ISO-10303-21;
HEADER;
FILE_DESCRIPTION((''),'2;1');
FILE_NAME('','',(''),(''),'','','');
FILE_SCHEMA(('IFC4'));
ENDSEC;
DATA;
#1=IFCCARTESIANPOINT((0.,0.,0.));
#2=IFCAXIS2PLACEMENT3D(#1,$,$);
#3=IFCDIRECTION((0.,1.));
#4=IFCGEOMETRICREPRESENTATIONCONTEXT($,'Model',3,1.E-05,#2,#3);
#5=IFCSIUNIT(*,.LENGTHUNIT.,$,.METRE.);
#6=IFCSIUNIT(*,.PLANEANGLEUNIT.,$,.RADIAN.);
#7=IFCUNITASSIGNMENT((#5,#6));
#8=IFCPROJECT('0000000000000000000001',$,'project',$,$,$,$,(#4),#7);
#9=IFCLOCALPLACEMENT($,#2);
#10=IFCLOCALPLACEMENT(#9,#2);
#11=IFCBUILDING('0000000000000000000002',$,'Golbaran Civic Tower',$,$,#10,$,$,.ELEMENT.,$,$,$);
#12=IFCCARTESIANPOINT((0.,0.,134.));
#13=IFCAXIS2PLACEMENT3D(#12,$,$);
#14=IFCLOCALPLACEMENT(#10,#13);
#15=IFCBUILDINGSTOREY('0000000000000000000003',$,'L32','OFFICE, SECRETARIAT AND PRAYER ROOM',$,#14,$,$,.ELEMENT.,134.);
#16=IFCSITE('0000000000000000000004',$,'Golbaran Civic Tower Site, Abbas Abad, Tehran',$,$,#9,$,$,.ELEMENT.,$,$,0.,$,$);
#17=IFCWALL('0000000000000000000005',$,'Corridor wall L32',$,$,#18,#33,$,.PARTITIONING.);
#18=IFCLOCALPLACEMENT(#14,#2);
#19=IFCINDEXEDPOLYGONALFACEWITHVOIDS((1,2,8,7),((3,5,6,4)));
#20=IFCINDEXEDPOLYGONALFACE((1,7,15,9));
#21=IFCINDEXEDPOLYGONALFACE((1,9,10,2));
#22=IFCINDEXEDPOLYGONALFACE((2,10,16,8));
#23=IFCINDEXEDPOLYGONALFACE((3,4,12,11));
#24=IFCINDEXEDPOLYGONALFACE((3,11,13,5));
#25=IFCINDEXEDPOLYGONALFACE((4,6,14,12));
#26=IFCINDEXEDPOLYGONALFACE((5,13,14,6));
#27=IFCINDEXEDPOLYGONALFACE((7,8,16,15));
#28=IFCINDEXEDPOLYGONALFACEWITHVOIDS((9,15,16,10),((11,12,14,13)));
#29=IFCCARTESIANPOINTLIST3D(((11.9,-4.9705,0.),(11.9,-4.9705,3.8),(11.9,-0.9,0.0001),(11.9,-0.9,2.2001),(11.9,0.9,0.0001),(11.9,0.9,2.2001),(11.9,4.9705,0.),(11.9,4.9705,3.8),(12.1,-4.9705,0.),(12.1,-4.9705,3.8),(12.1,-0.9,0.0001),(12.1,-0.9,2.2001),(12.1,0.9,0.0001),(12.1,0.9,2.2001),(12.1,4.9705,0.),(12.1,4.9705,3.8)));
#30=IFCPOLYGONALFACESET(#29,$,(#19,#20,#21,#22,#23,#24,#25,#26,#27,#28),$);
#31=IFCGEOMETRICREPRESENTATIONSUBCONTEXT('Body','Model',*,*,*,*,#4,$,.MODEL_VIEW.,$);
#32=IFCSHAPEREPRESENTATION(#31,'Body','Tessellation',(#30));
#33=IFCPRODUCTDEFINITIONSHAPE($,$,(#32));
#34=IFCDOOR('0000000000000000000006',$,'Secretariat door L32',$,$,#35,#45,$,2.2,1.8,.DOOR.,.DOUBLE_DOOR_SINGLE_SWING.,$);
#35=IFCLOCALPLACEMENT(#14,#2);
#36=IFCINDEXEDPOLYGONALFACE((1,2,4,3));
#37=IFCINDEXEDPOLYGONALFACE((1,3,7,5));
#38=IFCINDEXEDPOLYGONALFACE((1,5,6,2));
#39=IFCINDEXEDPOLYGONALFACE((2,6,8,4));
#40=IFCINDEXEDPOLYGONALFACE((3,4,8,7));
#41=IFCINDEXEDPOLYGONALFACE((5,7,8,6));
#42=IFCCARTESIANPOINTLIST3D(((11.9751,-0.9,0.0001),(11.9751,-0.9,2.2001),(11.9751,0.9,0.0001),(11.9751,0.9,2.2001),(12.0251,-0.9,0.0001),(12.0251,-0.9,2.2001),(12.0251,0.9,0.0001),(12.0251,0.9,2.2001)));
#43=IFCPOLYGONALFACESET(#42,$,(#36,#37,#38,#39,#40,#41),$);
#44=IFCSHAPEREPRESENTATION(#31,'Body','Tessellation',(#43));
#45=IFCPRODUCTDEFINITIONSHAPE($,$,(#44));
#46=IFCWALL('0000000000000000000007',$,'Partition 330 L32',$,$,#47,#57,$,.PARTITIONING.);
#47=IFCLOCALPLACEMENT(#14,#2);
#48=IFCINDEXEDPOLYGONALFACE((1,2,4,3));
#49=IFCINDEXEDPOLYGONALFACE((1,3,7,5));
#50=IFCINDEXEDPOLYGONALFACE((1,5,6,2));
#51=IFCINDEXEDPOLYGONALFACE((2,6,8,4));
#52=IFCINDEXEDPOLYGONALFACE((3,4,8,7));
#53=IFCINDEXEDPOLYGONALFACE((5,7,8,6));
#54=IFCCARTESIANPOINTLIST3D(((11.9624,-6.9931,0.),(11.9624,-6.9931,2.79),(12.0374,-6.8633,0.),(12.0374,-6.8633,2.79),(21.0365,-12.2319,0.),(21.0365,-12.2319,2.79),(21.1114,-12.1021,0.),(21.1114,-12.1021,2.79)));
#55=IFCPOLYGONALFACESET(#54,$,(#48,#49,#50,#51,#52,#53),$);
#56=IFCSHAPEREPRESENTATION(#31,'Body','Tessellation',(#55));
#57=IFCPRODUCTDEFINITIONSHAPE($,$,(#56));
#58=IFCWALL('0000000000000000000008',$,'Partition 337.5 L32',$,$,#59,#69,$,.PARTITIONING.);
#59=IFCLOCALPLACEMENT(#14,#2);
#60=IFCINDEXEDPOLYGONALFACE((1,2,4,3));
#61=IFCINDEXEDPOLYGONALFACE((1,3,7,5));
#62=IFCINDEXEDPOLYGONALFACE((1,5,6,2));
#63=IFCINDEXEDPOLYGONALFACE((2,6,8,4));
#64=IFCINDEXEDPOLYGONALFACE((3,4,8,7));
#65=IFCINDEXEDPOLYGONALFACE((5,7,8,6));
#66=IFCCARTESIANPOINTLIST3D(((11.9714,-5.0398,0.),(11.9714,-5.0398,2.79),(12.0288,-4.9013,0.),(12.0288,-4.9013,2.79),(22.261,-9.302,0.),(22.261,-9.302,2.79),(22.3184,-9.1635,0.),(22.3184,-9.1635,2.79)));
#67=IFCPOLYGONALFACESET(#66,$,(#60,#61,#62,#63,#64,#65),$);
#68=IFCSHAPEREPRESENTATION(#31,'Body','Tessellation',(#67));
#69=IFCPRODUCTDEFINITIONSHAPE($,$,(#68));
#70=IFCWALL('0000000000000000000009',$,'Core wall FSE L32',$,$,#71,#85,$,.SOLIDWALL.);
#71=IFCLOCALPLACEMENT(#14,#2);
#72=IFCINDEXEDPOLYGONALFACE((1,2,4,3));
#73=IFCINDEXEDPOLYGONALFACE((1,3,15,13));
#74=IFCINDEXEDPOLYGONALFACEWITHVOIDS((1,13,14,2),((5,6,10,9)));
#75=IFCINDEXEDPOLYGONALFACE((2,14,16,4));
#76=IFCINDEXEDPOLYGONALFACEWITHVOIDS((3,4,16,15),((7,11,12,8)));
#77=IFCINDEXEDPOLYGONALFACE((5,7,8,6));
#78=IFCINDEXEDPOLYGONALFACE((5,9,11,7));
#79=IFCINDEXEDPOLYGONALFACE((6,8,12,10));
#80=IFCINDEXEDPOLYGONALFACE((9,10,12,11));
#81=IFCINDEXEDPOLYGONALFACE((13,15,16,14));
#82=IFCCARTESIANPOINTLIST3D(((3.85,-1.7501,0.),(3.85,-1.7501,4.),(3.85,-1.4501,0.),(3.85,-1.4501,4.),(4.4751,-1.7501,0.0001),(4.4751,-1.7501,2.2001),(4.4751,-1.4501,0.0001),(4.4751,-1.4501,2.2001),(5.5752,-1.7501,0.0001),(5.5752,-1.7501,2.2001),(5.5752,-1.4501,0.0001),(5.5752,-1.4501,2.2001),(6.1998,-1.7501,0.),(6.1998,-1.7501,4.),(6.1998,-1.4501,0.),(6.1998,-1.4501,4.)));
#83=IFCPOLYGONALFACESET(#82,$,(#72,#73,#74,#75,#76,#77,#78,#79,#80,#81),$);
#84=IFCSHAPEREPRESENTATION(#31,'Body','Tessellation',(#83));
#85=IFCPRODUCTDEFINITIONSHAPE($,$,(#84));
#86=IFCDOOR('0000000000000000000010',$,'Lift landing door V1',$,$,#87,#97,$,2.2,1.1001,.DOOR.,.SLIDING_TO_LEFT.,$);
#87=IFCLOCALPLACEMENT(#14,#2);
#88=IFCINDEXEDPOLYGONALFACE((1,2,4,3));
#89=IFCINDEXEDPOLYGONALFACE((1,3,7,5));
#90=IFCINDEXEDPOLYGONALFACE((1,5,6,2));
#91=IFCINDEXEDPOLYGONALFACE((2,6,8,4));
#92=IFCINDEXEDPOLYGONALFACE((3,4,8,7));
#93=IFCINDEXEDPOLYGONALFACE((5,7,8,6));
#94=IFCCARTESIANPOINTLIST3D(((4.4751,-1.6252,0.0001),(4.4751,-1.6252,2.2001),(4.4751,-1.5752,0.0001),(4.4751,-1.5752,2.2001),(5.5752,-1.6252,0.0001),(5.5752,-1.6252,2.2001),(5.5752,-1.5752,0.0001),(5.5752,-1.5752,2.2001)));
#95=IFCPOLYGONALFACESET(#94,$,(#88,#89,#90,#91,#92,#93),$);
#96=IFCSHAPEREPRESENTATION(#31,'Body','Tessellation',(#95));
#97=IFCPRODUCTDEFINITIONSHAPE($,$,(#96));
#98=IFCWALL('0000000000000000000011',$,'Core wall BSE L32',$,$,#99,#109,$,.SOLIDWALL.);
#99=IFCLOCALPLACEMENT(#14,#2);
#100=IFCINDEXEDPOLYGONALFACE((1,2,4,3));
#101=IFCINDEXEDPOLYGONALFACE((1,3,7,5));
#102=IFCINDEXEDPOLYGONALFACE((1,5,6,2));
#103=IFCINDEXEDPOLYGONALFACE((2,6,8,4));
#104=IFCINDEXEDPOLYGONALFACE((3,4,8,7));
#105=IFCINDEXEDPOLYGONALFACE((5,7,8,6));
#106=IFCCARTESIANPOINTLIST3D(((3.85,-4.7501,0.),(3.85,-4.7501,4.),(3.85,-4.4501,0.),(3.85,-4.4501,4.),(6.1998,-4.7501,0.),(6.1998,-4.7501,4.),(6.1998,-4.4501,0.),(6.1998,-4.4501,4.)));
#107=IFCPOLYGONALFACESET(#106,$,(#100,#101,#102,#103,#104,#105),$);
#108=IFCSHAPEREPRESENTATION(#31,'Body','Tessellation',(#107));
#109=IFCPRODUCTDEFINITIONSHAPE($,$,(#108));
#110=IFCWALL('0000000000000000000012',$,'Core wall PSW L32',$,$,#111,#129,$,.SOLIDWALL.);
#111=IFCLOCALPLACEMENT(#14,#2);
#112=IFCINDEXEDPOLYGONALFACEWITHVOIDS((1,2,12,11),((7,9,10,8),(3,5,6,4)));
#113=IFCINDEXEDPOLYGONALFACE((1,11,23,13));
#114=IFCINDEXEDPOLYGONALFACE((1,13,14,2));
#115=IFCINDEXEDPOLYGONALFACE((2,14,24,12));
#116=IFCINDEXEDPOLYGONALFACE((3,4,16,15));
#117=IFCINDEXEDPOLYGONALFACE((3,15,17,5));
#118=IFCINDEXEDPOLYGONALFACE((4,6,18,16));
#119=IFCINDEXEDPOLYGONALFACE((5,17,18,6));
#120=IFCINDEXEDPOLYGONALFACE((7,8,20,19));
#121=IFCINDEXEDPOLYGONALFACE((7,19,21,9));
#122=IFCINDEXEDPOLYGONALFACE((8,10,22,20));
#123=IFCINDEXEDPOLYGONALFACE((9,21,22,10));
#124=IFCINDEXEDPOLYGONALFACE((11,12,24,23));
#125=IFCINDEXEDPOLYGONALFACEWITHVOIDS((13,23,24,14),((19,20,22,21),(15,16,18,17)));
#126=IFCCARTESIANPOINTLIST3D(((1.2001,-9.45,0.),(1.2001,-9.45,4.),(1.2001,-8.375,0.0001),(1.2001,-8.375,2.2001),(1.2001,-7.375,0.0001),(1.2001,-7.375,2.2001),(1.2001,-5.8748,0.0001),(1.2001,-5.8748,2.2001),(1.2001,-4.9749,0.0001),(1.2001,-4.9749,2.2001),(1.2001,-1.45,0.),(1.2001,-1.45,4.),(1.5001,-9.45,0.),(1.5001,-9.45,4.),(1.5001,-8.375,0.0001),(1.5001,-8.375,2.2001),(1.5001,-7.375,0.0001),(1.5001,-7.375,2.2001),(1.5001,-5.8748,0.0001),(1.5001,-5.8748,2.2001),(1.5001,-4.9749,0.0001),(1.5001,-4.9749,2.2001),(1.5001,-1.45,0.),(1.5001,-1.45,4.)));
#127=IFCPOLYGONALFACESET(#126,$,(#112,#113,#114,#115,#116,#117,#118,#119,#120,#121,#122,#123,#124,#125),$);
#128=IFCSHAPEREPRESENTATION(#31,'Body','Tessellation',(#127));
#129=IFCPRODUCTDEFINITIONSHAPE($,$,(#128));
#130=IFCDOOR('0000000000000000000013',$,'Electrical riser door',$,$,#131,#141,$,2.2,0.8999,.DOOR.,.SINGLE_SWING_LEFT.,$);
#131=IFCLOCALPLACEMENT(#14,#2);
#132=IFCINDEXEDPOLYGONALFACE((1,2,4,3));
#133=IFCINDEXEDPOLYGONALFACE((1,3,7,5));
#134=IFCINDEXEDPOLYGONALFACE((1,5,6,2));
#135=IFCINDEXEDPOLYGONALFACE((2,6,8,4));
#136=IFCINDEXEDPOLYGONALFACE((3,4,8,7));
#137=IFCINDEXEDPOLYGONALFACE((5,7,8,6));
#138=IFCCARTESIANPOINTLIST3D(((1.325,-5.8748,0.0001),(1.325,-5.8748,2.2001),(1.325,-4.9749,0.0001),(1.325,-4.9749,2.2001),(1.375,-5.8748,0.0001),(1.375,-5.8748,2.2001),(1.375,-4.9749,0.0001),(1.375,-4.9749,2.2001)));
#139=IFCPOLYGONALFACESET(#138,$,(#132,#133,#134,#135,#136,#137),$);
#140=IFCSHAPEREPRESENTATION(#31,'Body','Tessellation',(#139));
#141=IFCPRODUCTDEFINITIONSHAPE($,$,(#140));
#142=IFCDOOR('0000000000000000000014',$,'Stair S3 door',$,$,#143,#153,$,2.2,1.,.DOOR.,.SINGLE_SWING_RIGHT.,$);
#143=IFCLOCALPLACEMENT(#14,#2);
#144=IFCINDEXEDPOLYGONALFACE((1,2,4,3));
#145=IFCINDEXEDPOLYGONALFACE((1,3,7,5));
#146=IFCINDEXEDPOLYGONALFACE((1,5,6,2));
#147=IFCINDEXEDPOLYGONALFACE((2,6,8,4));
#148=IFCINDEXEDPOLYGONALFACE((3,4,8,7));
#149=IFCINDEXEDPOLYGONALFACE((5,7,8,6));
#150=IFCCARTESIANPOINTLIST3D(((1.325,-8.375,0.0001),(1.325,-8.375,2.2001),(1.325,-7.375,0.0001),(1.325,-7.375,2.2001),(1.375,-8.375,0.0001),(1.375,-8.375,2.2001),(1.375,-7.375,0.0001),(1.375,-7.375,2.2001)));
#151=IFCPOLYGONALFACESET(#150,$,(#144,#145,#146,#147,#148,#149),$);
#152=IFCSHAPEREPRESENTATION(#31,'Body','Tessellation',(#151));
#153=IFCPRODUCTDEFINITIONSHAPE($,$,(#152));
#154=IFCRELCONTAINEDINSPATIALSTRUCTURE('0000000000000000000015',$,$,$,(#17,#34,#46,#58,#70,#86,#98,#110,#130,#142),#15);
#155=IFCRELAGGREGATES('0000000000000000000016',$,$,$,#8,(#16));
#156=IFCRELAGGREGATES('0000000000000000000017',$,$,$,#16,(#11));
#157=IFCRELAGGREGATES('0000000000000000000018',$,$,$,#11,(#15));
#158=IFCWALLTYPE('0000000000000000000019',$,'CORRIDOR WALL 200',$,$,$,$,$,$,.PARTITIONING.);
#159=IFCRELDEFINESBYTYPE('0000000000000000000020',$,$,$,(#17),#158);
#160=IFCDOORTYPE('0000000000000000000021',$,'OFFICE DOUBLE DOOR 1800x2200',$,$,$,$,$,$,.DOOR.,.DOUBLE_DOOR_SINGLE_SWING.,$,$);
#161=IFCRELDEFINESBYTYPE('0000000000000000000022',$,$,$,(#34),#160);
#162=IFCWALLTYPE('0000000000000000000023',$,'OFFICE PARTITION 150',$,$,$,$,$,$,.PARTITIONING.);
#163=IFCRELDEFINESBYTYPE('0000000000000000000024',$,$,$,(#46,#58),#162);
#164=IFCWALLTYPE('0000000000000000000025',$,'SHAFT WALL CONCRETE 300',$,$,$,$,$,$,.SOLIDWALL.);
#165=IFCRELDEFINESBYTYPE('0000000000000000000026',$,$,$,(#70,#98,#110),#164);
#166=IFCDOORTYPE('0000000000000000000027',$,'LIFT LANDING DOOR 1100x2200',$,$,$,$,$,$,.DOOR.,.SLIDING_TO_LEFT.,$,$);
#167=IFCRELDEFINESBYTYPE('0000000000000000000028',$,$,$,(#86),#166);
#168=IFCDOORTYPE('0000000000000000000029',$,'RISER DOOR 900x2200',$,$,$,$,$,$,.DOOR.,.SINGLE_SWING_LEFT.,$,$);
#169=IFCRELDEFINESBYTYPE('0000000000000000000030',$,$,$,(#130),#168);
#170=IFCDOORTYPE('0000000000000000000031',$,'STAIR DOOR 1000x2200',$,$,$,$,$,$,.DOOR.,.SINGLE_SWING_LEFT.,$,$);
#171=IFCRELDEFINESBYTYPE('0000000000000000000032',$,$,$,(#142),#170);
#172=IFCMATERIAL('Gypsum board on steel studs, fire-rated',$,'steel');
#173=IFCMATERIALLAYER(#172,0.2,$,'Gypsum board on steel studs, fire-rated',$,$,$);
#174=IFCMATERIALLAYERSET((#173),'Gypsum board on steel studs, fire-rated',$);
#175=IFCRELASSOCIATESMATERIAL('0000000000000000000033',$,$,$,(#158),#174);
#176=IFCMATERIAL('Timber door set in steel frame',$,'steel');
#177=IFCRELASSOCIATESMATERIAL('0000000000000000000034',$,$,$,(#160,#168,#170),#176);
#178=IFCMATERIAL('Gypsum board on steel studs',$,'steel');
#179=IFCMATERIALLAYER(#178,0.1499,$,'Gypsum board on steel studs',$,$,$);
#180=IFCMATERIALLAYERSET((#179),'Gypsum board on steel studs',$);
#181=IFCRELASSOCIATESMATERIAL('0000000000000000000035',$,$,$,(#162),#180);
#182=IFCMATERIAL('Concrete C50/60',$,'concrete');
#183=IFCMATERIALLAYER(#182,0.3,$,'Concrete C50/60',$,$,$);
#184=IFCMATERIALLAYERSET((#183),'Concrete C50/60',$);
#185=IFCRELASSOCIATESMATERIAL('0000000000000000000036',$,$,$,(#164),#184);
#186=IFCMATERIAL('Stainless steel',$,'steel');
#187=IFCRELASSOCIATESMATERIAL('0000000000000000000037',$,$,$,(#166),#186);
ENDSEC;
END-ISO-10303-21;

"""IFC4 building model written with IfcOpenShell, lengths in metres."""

from ifc_helpers import new_model, si_unit, direction, frame, frame_2d, origin, place, context, subcontext, project, spatial, rectangle, extrude, material, layer, layer_set, type_object, element, fill, save


model = new_model("IFC4")

# Units and contexts
model_context = context("Model", 3, precision=1e-05, world=origin(), true_north=direction((0.0, 1.0)))
body_context = subcontext(model_context, "Body", "Model", "MODEL_VIEW")
ifc_project = project(units=[si_unit("LENGTHUNIT", "METRE"), si_unit("PLANEANGLEUNIT", "RADIAN")], contexts=[model_context])

# Site, building, storey
site_placement = place(None, origin())
site = spatial("IfcSite", under=ifc_project, at=site_placement, Name="Golbaran Civic Tower Site, Abbas Abad, Tehran", CompositionType="ELEMENT", RefElevation=0.0)
building_placement = place(site_placement, origin())
building = spatial("IfcBuilding", under=site, at=building_placement, Name="Golbaran Civic Tower", CompositionType="ELEMENT")
storey_placement = place(building_placement, frame((0.0, 0.0, 134.0)))
storey = spatial("IfcBuildingStorey", under=building, at=storey_placement, Name="L32", Description="OFFICE, SECRETARIAT AND PRAYER ROOM", CompositionType="ELEMENT", Elevation=134.0)

# Shared definitions
ifc_material_1 = material(Name="Concrete C50/60", Category="concrete")
ifc_material_2 = material(Name="Timber door set in steel frame", Category="steel")

# Wall, opening, door
ifc_material_3 = material(Name="Gypsum board on steel studs, fire-rated", Category="steel")
ifc_layer_1 = layer(ifc_material_3, 0.2, Name="Gypsum board on steel studs, fire-rated")
ifc_layer_set_1 = layer_set([ifc_layer_1], Name="Gypsum board on steel studs, fire-rated")
wall_type_1 = type_object("IfcWallType", Name="CORRIDOR WALL 200", PredefinedType="PARTITIONING", material=ifc_layer_set_1)
wall_1_placement = place(storey_placement, frame((12.0, -4.9705, 0.0), z_axis=(0.0, 0.0, 1.0), x_axis=(0.0, 1.0, 0.0)))
wall_1 = element("IfcWall", 1, at=wall_1_placement, inside=storey, type_object=wall_type_1, Name="Corridor wall L32", PredefinedType="PARTITIONING", context=body_context, shape_type="SweptSolid", body=[
    extrude(rectangle(XDim=9.9409, YDim=0.2, at=frame_2d((4.9705, 0.0))), origin(), (0.0, 0.0, 1.0), 3.8),
])
opening_1_placement = place(wall_1_placement, frame((4.0706, 0.0, 0.0)))
opening_1 = element("IfcOpeningElement", 2, at=opening_1_placement, cuts=wall_1, PredefinedType="OPENING", context=body_context, shape_type="SweptSolid", body=[
    extrude(rectangle(XDim=1.8, YDim=2.2, at=frame_2d((0.8999, 1.1001))), frame((0.0, 0.1099, 0.0), z_axis=(0.0, -1.0, 0.0), x_axis=(1.0, 0.0, 0.0)), (0.0, 0.0, 1.0), 0.22),
])
door_type_1 = type_object("IfcDoorType", Name="OFFICE DOUBLE DOOR 1800x2200", OperationType="DOUBLE_DOOR_SINGLE_SWING", PredefinedType="DOOR", material=ifc_material_2)
door_1_placement = place(opening_1_placement, origin())
door_1 = element("IfcDoor", 3, at=door_1_placement, inside=storey, type_object=door_type_1, Name="Secretariat door L32", OperationType="DOUBLE_DOOR_SINGLE_SWING", OverallHeight=2.2, OverallWidth=1.8, PredefinedType="DOOR", context=body_context, shape_type="SweptSolid", body=[
    extrude(rectangle(XDim=1.8, YDim=2.2, at=frame_2d((0.8999, 1.1001))), frame((0.0, 0.0249, 0.0), z_axis=(0.0, -1.0, 0.0), x_axis=(1.0, 0.0, 0.0)), (0.0, 0.0, 1.0), 0.05),
])
fill(opening_1, door_1)

# Walls
ifc_material_4 = material(Name="Gypsum board on steel studs", Category="steel")
ifc_layer_2 = layer(ifc_material_4, 0.1499, Name="Gypsum board on steel studs")
ifc_layer_set_2 = layer_set([ifc_layer_2], Name="Gypsum board on steel studs")
wall_type_2 = type_object("IfcWallType", Name="OFFICE PARTITION 150", PredefinedType="PARTITIONING", material=ifc_layer_set_2)
wall_2_placement = place(storey_placement, frame((12.0, -6.9282, 0.0), z_axis=(0.0, 0.0, 1.0), x_axis=(0.866029, -0.499993, 0.0)))
element("IfcWall", 4, at=wall_2_placement, inside=storey, type_object=wall_type_2, Name="Partition 330 L32", PredefinedType="PARTITIONING", context=body_context, shape_type="SweptSolid", body=[
    extrude(rectangle(XDim=10.4778, YDim=0.1499, at=frame_2d((5.2388, 0.0))), origin(), (0.0, 0.0, 1.0), 2.79),
])
wall_3_placement = place(storey_placement, frame((12.0, -4.9705, 0.0), z_axis=(0.0, 0.0, 1.0), x_axis=(0.923875, -0.382694, 0.0)))
element("IfcWall", 5, at=wall_3_placement, inside=storey, type_object=wall_type_2, Name="Partition 337.5 L32", PredefinedType="PARTITIONING", context=body_context, shape_type="SweptSolid", body=[
    extrude(rectangle(XDim=11.1375, YDim=0.1499, at=frame_2d((5.5688, 0.0))), origin(), (0.0, 0.0, 1.0), 2.79),
])

# Wall, opening, door
ifc_layer_3 = layer(ifc_material_1, 0.3, Name="Concrete C50/60")
ifc_layer_set_3 = layer_set([ifc_layer_3], Name="Concrete C50/60")
wall_type_3 = type_object("IfcWallType", Name="SHAFT WALL CONCRETE 300", PredefinedType="SOLIDWALL", material=ifc_layer_set_3)
wall_4_placement = place(storey_placement, frame((3.8501, -1.6001, 0.0), z_axis=(0.0, 0.0, 1.0), x_axis=(1.0, 0.0, 0.0)))
wall_4 = element("IfcWall", 6, at=wall_4_placement, inside=storey, type_object=wall_type_3, Name="Core wall FSE L32", PredefinedType="SOLIDWALL", context=body_context, shape_type="SweptSolid", body=[
    extrude(rectangle(XDim=2.3499, YDim=0.3, at=frame_2d((1.1748, 0.0))), origin(), (0.0, 0.0, 1.0), 4.0),
])
opening_2_placement = place(wall_4_placement, frame((0.625, 0.0, 0.0)))
opening_2 = element("IfcOpeningElement", 7, at=opening_2_placement, cuts=wall_4, PredefinedType="OPENING", context=body_context, shape_type="SweptSolid", body=[
    extrude(rectangle(XDim=1.1001, YDim=2.2, at=frame_2d((0.55, 1.1001))), frame((0.0, 0.1599, 0.0), z_axis=(0.0, -1.0, 0.0), x_axis=(1.0, 0.0, 0.0)), (0.0, 0.0, 1.0), 0.3201),
])
ifc_material_5 = material(Name="Stainless steel", Category="steel")
door_type_2 = type_object("IfcDoorType", Name="LIFT LANDING DOOR 1100x2200", OperationType="SLIDING_TO_LEFT", PredefinedType="DOOR", material=ifc_material_5)
door_2_placement = place(opening_2_placement, origin())
door_2 = element("IfcDoor", 8, at=door_2_placement, inside=storey, type_object=door_type_2, Name="Lift landing door V1", OperationType="SLIDING_TO_LEFT", OverallHeight=2.2, OverallWidth=1.1001, PredefinedType="DOOR", context=body_context, shape_type="SweptSolid", body=[
    extrude(rectangle(XDim=1.1001, YDim=2.2, at=frame_2d((0.55, 1.1001))), frame((0.0, 0.0249, 0.0), z_axis=(0.0, -1.0, 0.0), x_axis=(1.0, 0.0, 0.0)), (0.0, 0.0, 1.0), 0.05),
])
fill(opening_2, door_2)

# Wall
wall_5_placement = place(storey_placement, frame((3.8501, -4.6001, 0.0), z_axis=(0.0, 0.0, 1.0), x_axis=(1.0, 0.0, 0.0)))
element("IfcWall", 9, at=wall_5_placement, inside=storey, type_object=wall_type_3, Name="Core wall BSE L32", PredefinedType="SOLIDWALL", context=body_context, shape_type="SweptSolid", body=[
    extrude(rectangle(XDim=2.3499, YDim=0.3, at=frame_2d((1.1748, 0.0))), origin(), (0.0, 0.0, 1.0), 4.0),
])

# Wall, openings, doors
wall_6_placement = place(storey_placement, frame((1.3501, -1.45, 0.0), z_axis=(0.0, 0.0, 1.0), x_axis=(0.0, -1.0, 0.0)))
wall_6 = element("IfcWall", 10, at=wall_6_placement, inside=storey, type_object=wall_type_3, Name="Core wall PSW L32", PredefinedType="SOLIDWALL", context=body_context, shape_type="SweptSolid", body=[
    extrude(rectangle(XDim=8.0, YDim=0.3, at=frame_2d((4.0, 0.0))), origin(), (0.0, 0.0, 1.0), 4.0),
])
opening_3_placement = place(wall_6_placement, frame((5.925, 0.0, 0.0)))
opening_3 = element("IfcOpeningElement", 11, at=opening_3_placement, cuts=wall_6, PredefinedType="OPENING", context=body_context, shape_type="SweptSolid", body=[
    extrude(rectangle(XDim=1.0, YDim=2.2, at=frame_2d((0.5, 1.1001))), frame((0.0, 0.1599, 0.0), z_axis=(0.0, -1.0, 0.0), x_axis=(1.0, 0.0, 0.0)), (0.0, 0.0, 1.0), 0.3201),
])
opening_4_placement = place(wall_6_placement, frame((3.5249, 0.0, 0.0)))
opening_4 = element("IfcOpeningElement", 12, at=opening_4_placement, cuts=wall_6, PredefinedType="OPENING", context=body_context, shape_type="SweptSolid", body=[
    extrude(rectangle(XDim=0.8999, YDim=2.2, at=frame_2d((0.45, 1.1001))), frame((0.0, 0.1599, 0.0), z_axis=(0.0, -1.0, 0.0), x_axis=(1.0, 0.0, 0.0)), (0.0, 0.0, 1.0), 0.3201),
])
door_type_3 = type_object("IfcDoorType", Name="RISER DOOR 900x2200", OperationType="SINGLE_SWING_LEFT", PredefinedType="DOOR", material=ifc_material_2)
door_3_placement = place(opening_4_placement, origin())
door_3 = element("IfcDoor", 13, at=door_3_placement, inside=storey, type_object=door_type_3, Name="Electrical riser door", OperationType="SINGLE_SWING_LEFT", OverallHeight=2.2, OverallWidth=0.8999, PredefinedType="DOOR", context=body_context, shape_type="SweptSolid", body=[
    extrude(rectangle(XDim=0.8999, YDim=2.2, at=frame_2d((0.45, 1.1001))), frame((0.0, 0.0249, 0.0), z_axis=(0.0, -1.0, 0.0), x_axis=(1.0, 0.0, 0.0)), (0.0, 0.0, 1.0), 0.05),
])
fill(opening_4, door_3)
door_type_4 = type_object("IfcDoorType", Name="STAIR DOOR 1000x2200", OperationType="SINGLE_SWING_LEFT", PredefinedType="DOOR", material=ifc_material_2)
door_4_placement = place(opening_3_placement, origin())
door_4 = element("IfcDoor", 14, at=door_4_placement, inside=storey, type_object=door_type_4, Name="Stair S3 door", OperationType="SINGLE_SWING_RIGHT", OverallHeight=2.2, OverallWidth=1.0, PredefinedType="DOOR", context=body_context, shape_type="SweptSolid", body=[
    extrude(rectangle(XDim=1.0, YDim=2.2, at=frame_2d((0.5, 1.1001))), frame((0.0, 0.0249, 0.0), z_axis=(0.0, -1.0, 0.0), x_axis=(1.0, 0.0, 0.0)), (0.0, 0.0, 1.0), 0.05),
])
fill(opening_3, door_4)

save(model, "model.ifc")
